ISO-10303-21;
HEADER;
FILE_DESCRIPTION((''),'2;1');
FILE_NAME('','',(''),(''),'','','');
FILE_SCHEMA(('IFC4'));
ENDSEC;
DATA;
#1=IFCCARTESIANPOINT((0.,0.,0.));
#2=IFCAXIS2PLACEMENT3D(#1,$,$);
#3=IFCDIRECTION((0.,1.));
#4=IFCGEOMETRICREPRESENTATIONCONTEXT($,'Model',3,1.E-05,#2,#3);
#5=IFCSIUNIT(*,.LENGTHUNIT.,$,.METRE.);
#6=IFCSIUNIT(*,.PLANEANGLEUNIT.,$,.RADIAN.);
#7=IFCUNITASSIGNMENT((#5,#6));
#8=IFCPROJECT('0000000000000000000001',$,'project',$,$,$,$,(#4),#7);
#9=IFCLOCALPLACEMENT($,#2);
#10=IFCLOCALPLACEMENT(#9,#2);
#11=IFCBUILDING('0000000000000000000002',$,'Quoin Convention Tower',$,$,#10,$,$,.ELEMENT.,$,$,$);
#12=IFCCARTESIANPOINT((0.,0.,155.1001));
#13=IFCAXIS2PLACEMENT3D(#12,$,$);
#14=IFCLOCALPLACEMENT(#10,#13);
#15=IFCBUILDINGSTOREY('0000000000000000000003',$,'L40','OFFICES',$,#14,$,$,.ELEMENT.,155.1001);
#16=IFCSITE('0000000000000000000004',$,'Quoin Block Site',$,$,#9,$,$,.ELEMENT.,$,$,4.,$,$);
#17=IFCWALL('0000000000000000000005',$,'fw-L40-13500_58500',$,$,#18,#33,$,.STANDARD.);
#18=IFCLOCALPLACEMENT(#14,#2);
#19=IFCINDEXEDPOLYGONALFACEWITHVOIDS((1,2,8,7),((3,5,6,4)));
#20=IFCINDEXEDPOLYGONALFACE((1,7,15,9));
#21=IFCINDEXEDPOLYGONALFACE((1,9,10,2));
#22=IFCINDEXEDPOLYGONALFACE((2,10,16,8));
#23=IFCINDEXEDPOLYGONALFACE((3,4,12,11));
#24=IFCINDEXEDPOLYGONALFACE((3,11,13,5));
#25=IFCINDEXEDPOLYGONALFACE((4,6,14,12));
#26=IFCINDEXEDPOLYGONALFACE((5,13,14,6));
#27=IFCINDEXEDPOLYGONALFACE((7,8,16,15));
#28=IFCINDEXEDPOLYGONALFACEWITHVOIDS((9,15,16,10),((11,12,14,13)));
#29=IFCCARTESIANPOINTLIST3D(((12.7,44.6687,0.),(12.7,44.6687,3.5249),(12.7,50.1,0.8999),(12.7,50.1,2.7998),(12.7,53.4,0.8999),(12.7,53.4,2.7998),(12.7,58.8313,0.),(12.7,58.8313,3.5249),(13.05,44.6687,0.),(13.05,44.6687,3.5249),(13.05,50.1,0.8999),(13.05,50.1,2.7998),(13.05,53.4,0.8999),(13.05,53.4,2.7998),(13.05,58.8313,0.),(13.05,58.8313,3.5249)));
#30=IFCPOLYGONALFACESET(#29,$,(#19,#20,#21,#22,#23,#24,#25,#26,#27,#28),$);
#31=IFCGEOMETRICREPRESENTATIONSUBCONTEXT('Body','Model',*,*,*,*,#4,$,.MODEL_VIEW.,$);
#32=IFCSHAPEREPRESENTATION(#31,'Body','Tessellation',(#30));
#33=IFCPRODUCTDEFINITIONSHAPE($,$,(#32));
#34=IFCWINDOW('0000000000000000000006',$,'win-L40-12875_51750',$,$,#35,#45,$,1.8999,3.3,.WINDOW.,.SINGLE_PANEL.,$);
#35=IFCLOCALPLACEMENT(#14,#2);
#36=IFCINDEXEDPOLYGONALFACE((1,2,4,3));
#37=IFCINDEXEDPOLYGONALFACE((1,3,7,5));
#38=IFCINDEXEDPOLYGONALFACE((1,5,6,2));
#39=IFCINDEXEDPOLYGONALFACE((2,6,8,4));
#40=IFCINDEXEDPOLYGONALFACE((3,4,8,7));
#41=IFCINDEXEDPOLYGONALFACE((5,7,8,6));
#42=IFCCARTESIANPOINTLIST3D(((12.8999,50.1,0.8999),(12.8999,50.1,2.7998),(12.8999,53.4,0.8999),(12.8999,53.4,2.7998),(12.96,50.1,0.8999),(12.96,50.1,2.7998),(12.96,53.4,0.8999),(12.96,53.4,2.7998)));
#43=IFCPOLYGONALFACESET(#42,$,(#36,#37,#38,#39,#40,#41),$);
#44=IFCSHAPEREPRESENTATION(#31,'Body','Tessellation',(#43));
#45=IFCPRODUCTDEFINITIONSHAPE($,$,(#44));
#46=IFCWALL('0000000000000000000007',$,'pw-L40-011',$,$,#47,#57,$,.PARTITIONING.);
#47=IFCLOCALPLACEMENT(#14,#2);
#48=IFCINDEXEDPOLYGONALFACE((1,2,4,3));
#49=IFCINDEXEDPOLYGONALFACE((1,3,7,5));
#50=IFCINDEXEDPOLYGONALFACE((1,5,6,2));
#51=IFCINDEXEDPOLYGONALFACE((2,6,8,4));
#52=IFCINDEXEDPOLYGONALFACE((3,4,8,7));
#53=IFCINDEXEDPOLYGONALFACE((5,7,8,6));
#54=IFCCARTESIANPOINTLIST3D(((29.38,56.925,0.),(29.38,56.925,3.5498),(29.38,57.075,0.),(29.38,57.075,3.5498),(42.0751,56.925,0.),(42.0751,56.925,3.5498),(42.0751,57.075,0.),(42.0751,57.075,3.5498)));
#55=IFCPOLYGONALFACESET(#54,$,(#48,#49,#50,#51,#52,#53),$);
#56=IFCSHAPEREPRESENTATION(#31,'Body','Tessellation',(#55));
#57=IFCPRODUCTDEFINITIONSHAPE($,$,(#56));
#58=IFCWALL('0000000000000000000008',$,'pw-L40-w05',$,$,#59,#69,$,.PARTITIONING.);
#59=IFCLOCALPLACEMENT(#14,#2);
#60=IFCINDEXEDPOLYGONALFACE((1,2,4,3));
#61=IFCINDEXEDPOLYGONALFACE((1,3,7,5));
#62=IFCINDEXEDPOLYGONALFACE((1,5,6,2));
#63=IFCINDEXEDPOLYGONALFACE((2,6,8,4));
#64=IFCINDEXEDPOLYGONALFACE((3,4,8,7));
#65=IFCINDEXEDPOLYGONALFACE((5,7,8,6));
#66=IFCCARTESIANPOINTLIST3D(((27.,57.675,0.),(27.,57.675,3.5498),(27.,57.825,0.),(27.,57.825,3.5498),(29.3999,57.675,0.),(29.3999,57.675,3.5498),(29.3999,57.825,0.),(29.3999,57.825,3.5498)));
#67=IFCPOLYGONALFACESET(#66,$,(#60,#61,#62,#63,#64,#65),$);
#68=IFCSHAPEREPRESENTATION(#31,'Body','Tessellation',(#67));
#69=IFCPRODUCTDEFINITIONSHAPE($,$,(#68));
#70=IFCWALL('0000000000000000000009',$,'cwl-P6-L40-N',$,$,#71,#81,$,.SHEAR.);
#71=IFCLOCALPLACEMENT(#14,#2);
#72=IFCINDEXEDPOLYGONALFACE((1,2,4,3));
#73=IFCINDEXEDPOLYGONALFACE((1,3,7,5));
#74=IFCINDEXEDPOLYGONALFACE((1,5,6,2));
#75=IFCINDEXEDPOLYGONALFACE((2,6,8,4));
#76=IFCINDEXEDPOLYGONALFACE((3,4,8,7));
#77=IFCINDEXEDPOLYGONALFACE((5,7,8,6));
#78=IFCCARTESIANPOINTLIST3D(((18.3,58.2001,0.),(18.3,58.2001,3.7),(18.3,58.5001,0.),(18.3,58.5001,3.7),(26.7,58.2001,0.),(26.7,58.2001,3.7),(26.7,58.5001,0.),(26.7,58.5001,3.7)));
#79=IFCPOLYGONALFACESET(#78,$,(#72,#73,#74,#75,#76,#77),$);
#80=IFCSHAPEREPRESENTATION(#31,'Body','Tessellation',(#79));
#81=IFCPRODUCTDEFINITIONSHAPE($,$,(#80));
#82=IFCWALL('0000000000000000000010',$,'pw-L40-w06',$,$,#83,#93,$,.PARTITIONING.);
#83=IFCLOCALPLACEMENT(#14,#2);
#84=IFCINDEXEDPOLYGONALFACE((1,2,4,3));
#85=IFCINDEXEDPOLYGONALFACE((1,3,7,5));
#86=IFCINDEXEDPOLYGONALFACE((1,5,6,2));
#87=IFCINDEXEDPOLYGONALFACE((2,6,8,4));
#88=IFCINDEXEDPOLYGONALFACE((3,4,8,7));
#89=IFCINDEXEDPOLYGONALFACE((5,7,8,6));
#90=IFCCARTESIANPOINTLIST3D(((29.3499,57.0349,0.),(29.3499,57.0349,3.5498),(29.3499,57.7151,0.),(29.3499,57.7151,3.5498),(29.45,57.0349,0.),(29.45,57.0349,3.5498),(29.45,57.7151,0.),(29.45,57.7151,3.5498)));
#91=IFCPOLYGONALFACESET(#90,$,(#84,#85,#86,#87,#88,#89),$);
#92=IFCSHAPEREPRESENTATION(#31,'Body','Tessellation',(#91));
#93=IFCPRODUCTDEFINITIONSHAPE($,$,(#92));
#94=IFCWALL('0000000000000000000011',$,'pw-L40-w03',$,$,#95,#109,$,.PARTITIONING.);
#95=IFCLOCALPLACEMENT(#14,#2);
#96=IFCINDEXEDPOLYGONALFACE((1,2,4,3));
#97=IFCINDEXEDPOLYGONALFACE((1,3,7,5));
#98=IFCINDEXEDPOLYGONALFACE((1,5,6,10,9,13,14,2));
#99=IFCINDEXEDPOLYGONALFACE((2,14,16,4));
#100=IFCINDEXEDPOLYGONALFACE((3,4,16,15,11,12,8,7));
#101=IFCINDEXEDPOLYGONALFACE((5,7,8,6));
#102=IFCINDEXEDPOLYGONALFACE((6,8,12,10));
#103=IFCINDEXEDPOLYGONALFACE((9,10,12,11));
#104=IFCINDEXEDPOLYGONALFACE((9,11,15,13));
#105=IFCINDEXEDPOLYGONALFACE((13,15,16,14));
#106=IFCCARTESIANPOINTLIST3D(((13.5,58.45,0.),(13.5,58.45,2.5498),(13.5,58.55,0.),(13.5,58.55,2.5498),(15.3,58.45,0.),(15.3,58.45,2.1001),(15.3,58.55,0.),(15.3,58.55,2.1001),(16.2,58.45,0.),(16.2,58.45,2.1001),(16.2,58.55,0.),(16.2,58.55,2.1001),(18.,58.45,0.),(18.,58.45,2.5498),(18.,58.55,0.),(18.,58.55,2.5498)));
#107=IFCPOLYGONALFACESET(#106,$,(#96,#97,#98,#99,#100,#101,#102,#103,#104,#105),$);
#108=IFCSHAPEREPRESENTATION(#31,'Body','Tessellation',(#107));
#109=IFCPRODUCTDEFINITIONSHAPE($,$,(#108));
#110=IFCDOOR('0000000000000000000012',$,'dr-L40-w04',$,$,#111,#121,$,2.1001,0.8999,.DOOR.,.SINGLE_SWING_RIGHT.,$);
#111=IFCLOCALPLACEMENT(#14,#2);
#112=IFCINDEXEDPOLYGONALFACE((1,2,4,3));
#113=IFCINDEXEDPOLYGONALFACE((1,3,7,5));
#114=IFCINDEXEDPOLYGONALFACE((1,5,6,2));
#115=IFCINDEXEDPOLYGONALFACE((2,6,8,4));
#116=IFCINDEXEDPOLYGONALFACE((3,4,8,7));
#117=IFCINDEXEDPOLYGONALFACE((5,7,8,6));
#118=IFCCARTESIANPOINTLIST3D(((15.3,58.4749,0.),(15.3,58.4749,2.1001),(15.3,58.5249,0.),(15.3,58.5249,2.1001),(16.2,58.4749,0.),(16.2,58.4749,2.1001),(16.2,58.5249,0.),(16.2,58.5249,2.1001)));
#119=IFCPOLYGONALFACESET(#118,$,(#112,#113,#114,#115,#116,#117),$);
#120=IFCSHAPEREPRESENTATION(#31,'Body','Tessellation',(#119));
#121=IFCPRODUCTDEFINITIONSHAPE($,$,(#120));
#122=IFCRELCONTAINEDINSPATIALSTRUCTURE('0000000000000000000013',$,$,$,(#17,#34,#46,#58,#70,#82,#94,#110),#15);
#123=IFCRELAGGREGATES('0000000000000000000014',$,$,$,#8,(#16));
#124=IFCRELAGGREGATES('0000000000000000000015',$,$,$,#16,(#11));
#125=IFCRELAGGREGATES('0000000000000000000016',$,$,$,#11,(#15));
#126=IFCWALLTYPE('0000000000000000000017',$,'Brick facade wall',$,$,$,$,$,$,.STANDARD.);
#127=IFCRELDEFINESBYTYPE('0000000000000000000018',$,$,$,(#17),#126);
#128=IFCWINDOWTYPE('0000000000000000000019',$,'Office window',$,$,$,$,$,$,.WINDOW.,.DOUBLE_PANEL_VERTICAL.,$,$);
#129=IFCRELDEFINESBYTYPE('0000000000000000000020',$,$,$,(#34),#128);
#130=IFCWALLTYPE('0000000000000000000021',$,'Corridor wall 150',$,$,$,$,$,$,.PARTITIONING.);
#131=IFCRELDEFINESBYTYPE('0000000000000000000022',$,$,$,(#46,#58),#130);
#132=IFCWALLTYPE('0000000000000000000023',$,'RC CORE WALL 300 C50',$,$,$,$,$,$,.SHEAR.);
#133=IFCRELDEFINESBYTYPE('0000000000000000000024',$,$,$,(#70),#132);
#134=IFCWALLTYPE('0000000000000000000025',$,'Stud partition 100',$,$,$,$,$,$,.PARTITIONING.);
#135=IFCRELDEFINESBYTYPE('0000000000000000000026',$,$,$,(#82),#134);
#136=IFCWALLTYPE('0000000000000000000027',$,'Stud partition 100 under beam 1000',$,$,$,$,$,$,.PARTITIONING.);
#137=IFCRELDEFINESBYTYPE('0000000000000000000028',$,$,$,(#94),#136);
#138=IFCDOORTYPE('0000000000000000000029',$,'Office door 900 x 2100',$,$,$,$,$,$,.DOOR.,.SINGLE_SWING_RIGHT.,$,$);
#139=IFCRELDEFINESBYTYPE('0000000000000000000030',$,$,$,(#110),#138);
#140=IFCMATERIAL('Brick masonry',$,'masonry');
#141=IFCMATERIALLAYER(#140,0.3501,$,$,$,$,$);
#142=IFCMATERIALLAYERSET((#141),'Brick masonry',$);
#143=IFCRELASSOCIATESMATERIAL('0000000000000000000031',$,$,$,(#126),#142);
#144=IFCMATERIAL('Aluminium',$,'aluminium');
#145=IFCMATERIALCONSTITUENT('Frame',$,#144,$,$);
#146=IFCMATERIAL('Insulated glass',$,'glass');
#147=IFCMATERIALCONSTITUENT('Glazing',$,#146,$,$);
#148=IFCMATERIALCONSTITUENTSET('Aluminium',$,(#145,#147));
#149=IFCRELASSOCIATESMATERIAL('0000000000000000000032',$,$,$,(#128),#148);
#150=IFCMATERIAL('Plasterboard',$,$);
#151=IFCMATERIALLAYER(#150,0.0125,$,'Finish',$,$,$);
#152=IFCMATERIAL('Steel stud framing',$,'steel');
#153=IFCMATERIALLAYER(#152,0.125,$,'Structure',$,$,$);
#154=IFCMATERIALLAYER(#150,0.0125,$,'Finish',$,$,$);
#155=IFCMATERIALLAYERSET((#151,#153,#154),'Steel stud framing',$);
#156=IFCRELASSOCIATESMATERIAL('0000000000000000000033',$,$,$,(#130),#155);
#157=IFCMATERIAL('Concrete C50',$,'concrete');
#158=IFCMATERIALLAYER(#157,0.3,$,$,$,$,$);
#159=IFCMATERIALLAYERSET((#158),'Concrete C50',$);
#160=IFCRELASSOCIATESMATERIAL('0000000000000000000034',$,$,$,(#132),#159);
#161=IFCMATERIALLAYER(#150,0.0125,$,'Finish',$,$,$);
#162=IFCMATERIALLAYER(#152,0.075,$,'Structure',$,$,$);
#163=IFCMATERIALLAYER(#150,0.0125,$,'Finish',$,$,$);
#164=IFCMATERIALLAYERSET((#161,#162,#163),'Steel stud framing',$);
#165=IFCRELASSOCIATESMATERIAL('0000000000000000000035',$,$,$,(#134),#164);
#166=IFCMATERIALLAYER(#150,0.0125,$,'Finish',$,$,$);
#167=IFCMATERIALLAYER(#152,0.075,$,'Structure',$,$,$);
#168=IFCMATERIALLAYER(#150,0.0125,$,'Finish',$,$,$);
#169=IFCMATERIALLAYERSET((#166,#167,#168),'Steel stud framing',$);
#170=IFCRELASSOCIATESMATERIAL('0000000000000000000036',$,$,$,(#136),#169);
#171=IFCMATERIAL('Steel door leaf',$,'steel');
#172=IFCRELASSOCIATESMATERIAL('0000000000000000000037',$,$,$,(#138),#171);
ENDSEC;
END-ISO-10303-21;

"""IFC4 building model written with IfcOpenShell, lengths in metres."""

from ifc_helpers import new_model, si_unit, direction, frame, frame_2d, origin, place, context, subcontext, project, spatial, rectangle, extrude, material, layer, layer_set, constituent, constituent_set, type_object, element, fill, save


model = new_model("IFC4")

# Units and contexts
model_context = context("Model", 3, precision=1e-05, world=origin(), true_north=direction((0.0, 1.0)))
body_context = subcontext(model_context, "Body", "Model", "MODEL_VIEW")
ifc_project = project(units=[si_unit("LENGTHUNIT", "METRE"), si_unit("PLANEANGLEUNIT", "RADIAN")], contexts=[model_context])

# Site, building, storey
site_placement = place(None, origin())
site = spatial("IfcSite", under=ifc_project, at=site_placement, Name="Quoin Block Site", CompositionType="ELEMENT", RefElevation=4.0)
building_placement = place(site_placement, origin())
building = spatial("IfcBuilding", under=site, at=building_placement, Name="Quoin Convention Tower", CompositionType="ELEMENT")
storey_placement = place(building_placement, frame((0.0, 0.0, 155.1001)))
storey = spatial("IfcBuildingStorey", under=building, at=storey_placement, Name="L40", Description="OFFICES", CompositionType="ELEMENT", Elevation=155.1001)

# Shared definitions
ifc_material_1 = material(Name="Concrete C50", Category="concrete")

# Wall, opening, window
ifc_material_2 = material(Name="Brick masonry", Category="masonry")
ifc_layer_1 = layer(ifc_material_2, 0.3501)
ifc_layer_set_1 = layer_set([ifc_layer_1], Name="Brick masonry")
wall_type_1 = type_object("IfcWallType", Name="Brick facade wall", PredefinedType="STANDARD", material=ifc_layer_set_1)
ifc_material_3 = material(Name="Aluminium", Category="aluminium")
ifc_constituent_1 = constituent(ifc_material_3, Name="Frame")
ifc_material_4 = material(Name="Insulated glass", Category="glass")
ifc_constituent_2 = constituent(ifc_material_4, Name="Glazing")
ifc_constituent_set = constituent_set(constituents=[ifc_constituent_1, ifc_constituent_2], Name="Aluminium")
window_type = type_object("IfcWindowType", Name="Office window", PartitioningType="DOUBLE_PANEL_VERTICAL", PredefinedType="WINDOW", material=ifc_constituent_set)
wall_1_placement = place(storey_placement, frame((12.875, 58.8313, 0.0), z_axis=(0.0, 0.0, 1.0), x_axis=(0.0, -1.0, 0.0)))
wall_1 = element("IfcWall", 1, at=wall_1_placement, inside=storey, type_object=wall_type_1, Name="fw-L40-13500_58500", PredefinedType="STANDARD", context=body_context, shape_type="SweptSolid", body=[
    extrude(rectangle(XDim=14.1626, YDim=0.3501, at=frame_2d((7.0813, 0.0))), origin(), (0.0, 0.0, 1.0), 3.5249),
])
opening_1_placement = place(wall_1_placement, frame((5.4314, 0.0, 0.8999)))
opening_1 = element("IfcOpeningElement", 2, at=opening_1_placement, cuts=wall_1, PredefinedType="OPENING", context=body_context, shape_type="SweptSolid", body=[
    extrude(rectangle(XDim=3.3, YDim=1.8999, at=frame_2d((1.6499, 0.95))), frame((0.0, 0.1851, 0.0), z_axis=(0.0, -1.0, 0.0), x_axis=(1.0, 0.0, 0.0)), (0.0, 0.0, 1.0), 0.3701),
])
window_1_placement = place(opening_1_placement, origin())
window_1 = element("IfcWindow", 3, at=window_1_placement, inside=storey, type_object=window_type, Name="win-L40-12875_51750", OverallHeight=1.8999, OverallWidth=3.3, PartitioningType="SINGLE_PANEL", PredefinedType="WINDOW", context=body_context, shape_type="SweptSolid", body=[
    extrude(rectangle(XDim=3.3, YDim=1.8999, at=frame_2d((1.6499, 0.95))), frame((0.0, 0.085, 0.0), z_axis=(0.0, -1.0, 0.0), x_axis=(1.0, 0.0, 0.0)), (0.0, 0.0, 1.0), 0.0601),
])
fill(opening_1, window_1)

# Walls
ifc_material_5 = material(Name="Plasterboard")
ifc_layer_2 = layer(ifc_material_5, 0.0125, Name="Finish")
ifc_material_6 = material(Name="Steel stud framing", Category="steel")
ifc_layer_3 = layer(ifc_material_6, 0.125, Name="Structure")
ifc_layer_4 = layer(ifc_material_5, 0.0125, Name="Finish")
ifc_layer_set_2 = layer_set([ifc_layer_2, ifc_layer_3, ifc_layer_4], Name="Steel stud framing")
wall_type_2 = type_object("IfcWallType", Name="Corridor wall 150", PredefinedType="PARTITIONING", material=ifc_layer_set_2)
wall_2_placement = place(storey_placement, frame((29.3799, 57.0, 0.0), z_axis=(0.0, 0.0, 1.0), x_axis=(1.0, 0.0, 0.0)))
element("IfcWall", 4, at=wall_2_placement, inside=storey, type_object=wall_type_2, Name="pw-L40-011", PredefinedType="PARTITIONING", context=body_context, shape_type="SweptSolid", body=[
    extrude(rectangle(XDim=12.6951, YDim=0.1499, at=frame_2d((6.3477, 0.0))), origin(), (0.0, 0.0, 1.0), 3.5498),
])
wall_3_placement = place(storey_placement, frame((27.0, 57.75, 0.0), z_axis=(0.0, 0.0, 1.0), x_axis=(1.0, 0.0, 0.0)))
element("IfcWall", 5, at=wall_3_placement, inside=storey, type_object=wall_type_2, Name="pw-L40-w05", PredefinedType="PARTITIONING", context=body_context, shape_type="SweptSolid", body=[
    extrude(rectangle(XDim=2.3999, YDim=0.1499, at=frame_2d((1.2, 0.0))), origin(), (0.0, 0.0, 1.0), 3.5498),
])
ifc_layer_5 = layer(ifc_material_1, 0.3)
ifc_layer_set_3 = layer_set([ifc_layer_5], Name="Concrete C50")
wall_type_3 = type_object("IfcWallType", Name="RC CORE WALL 300 C50", PredefinedType="SHEAR", material=ifc_layer_set_3)
wall_4_placement = place(storey_placement, frame((18.3, 58.3501, 0.0), z_axis=(0.0, 0.0, 1.0), x_axis=(1.0, 0.0, 0.0)))
element("IfcWall", 6, at=wall_4_placement, inside=storey, type_object=wall_type_3, Name="cwl-P6-L40-N", PredefinedType="SHEAR", context=body_context, shape_type="SweptSolid", body=[
    extrude(rectangle(XDim=8.3999, YDim=0.3, at=frame_2d((4.2, 0.0))), origin(), (0.0, 0.0, 1.0), 3.7),
])
ifc_layer_6 = layer(ifc_material_5, 0.0125, Name="Finish")
ifc_layer_7 = layer(ifc_material_6, 0.075, Name="Structure")
ifc_layer_8 = layer(ifc_material_5, 0.0125, Name="Finish")
ifc_layer_set_4 = layer_set([ifc_layer_6, ifc_layer_7, ifc_layer_8], Name="Steel stud framing")
wall_type_4 = type_object("IfcWallType", Name="Stud partition 100", PredefinedType="PARTITIONING", material=ifc_layer_set_4)
wall_5_placement = place(storey_placement, frame((29.3999, 57.7151, 0.0), z_axis=(0.0, 0.0, 1.0), x_axis=(0.0, -1.0, 0.0)))
element("IfcWall", 7, at=wall_5_placement, inside=storey, type_object=wall_type_4, Name="pw-L40-w06", PredefinedType="PARTITIONING", context=body_context, shape_type="SweptSolid", body=[
    extrude(rectangle(XDim=0.6802, YDim=0.1001, at=frame_2d((0.3401, 0.0))), origin(), (0.0, 0.0, 1.0), 3.5498),
])

# Wall, opening, door
ifc_layer_9 = layer(ifc_material_5, 0.0125, Name="Finish")
ifc_layer_10 = layer(ifc_material_6, 0.075, Name="Structure")
ifc_layer_11 = layer(ifc_material_5, 0.0125, Name="Finish")
ifc_layer_set_5 = layer_set([ifc_layer_9, ifc_layer_10, ifc_layer_11], Name="Steel stud framing")
wall_type_5 = type_object("IfcWallType", Name="Stud partition 100 under beam 1000", PredefinedType="PARTITIONING", material=ifc_layer_set_5)
wall_6_placement = place(storey_placement, frame((13.5, 58.5, 0.0), z_axis=(0.0, 0.0, 1.0), x_axis=(1.0, 0.0, 0.0)))
wall_6 = element("IfcWall", 8, at=wall_6_placement, inside=storey, type_object=wall_type_5, Name="pw-L40-w03", PredefinedType="PARTITIONING", context=body_context, shape_type="SweptSolid", body=[
    extrude(rectangle(XDim=4.5, YDim=0.1001, at=frame_2d((2.25, 0.0))), origin(), (0.0, 0.0, 1.0), 2.5498),
])
opening_2_placement = place(wall_6_placement, frame((1.8, 0.0, 0.0)))
opening_2 = element("IfcOpeningElement", 9, at=opening_2_placement, cuts=wall_6, PredefinedType="OPENING", context=body_context, shape_type="SweptSolid", body=[
    extrude(rectangle(XDim=0.8999, YDim=2.1001, at=frame_2d((0.45, 1.05))), frame((0.0, 0.0601, 0.0), z_axis=(0.0, -1.0, 0.0), x_axis=(1.0, 0.0, 0.0)), (0.0, 0.0, 1.0), 0.1201),
])
ifc_material_7 = material(Name="Steel door leaf", Category="steel")
door_type = type_object("IfcDoorType", Name="Office door 900 x 2100", OperationType="SINGLE_SWING_RIGHT", PredefinedType="DOOR", material=ifc_material_7)
door_placement = place(opening_2_placement, origin())
door = element("IfcDoor", 10, at=door_placement, inside=storey, type_object=door_type, Name="dr-L40-w04", OperationType="SINGLE_SWING_RIGHT", OverallHeight=2.1001, OverallWidth=0.8999, PredefinedType="DOOR", context=body_context, shape_type="SweptSolid", body=[
    extrude(rectangle(XDim=0.8999, YDim=2.1001, at=frame_2d((0.45, 1.05))), frame((0.0, 0.0249, 0.0), z_axis=(0.0, -1.0, 0.0), x_axis=(1.0, 0.0, 0.0)), (0.0, 0.0, 1.0), 0.05),
])
fill(opening_2, door)

save(model, "model.ifc")
